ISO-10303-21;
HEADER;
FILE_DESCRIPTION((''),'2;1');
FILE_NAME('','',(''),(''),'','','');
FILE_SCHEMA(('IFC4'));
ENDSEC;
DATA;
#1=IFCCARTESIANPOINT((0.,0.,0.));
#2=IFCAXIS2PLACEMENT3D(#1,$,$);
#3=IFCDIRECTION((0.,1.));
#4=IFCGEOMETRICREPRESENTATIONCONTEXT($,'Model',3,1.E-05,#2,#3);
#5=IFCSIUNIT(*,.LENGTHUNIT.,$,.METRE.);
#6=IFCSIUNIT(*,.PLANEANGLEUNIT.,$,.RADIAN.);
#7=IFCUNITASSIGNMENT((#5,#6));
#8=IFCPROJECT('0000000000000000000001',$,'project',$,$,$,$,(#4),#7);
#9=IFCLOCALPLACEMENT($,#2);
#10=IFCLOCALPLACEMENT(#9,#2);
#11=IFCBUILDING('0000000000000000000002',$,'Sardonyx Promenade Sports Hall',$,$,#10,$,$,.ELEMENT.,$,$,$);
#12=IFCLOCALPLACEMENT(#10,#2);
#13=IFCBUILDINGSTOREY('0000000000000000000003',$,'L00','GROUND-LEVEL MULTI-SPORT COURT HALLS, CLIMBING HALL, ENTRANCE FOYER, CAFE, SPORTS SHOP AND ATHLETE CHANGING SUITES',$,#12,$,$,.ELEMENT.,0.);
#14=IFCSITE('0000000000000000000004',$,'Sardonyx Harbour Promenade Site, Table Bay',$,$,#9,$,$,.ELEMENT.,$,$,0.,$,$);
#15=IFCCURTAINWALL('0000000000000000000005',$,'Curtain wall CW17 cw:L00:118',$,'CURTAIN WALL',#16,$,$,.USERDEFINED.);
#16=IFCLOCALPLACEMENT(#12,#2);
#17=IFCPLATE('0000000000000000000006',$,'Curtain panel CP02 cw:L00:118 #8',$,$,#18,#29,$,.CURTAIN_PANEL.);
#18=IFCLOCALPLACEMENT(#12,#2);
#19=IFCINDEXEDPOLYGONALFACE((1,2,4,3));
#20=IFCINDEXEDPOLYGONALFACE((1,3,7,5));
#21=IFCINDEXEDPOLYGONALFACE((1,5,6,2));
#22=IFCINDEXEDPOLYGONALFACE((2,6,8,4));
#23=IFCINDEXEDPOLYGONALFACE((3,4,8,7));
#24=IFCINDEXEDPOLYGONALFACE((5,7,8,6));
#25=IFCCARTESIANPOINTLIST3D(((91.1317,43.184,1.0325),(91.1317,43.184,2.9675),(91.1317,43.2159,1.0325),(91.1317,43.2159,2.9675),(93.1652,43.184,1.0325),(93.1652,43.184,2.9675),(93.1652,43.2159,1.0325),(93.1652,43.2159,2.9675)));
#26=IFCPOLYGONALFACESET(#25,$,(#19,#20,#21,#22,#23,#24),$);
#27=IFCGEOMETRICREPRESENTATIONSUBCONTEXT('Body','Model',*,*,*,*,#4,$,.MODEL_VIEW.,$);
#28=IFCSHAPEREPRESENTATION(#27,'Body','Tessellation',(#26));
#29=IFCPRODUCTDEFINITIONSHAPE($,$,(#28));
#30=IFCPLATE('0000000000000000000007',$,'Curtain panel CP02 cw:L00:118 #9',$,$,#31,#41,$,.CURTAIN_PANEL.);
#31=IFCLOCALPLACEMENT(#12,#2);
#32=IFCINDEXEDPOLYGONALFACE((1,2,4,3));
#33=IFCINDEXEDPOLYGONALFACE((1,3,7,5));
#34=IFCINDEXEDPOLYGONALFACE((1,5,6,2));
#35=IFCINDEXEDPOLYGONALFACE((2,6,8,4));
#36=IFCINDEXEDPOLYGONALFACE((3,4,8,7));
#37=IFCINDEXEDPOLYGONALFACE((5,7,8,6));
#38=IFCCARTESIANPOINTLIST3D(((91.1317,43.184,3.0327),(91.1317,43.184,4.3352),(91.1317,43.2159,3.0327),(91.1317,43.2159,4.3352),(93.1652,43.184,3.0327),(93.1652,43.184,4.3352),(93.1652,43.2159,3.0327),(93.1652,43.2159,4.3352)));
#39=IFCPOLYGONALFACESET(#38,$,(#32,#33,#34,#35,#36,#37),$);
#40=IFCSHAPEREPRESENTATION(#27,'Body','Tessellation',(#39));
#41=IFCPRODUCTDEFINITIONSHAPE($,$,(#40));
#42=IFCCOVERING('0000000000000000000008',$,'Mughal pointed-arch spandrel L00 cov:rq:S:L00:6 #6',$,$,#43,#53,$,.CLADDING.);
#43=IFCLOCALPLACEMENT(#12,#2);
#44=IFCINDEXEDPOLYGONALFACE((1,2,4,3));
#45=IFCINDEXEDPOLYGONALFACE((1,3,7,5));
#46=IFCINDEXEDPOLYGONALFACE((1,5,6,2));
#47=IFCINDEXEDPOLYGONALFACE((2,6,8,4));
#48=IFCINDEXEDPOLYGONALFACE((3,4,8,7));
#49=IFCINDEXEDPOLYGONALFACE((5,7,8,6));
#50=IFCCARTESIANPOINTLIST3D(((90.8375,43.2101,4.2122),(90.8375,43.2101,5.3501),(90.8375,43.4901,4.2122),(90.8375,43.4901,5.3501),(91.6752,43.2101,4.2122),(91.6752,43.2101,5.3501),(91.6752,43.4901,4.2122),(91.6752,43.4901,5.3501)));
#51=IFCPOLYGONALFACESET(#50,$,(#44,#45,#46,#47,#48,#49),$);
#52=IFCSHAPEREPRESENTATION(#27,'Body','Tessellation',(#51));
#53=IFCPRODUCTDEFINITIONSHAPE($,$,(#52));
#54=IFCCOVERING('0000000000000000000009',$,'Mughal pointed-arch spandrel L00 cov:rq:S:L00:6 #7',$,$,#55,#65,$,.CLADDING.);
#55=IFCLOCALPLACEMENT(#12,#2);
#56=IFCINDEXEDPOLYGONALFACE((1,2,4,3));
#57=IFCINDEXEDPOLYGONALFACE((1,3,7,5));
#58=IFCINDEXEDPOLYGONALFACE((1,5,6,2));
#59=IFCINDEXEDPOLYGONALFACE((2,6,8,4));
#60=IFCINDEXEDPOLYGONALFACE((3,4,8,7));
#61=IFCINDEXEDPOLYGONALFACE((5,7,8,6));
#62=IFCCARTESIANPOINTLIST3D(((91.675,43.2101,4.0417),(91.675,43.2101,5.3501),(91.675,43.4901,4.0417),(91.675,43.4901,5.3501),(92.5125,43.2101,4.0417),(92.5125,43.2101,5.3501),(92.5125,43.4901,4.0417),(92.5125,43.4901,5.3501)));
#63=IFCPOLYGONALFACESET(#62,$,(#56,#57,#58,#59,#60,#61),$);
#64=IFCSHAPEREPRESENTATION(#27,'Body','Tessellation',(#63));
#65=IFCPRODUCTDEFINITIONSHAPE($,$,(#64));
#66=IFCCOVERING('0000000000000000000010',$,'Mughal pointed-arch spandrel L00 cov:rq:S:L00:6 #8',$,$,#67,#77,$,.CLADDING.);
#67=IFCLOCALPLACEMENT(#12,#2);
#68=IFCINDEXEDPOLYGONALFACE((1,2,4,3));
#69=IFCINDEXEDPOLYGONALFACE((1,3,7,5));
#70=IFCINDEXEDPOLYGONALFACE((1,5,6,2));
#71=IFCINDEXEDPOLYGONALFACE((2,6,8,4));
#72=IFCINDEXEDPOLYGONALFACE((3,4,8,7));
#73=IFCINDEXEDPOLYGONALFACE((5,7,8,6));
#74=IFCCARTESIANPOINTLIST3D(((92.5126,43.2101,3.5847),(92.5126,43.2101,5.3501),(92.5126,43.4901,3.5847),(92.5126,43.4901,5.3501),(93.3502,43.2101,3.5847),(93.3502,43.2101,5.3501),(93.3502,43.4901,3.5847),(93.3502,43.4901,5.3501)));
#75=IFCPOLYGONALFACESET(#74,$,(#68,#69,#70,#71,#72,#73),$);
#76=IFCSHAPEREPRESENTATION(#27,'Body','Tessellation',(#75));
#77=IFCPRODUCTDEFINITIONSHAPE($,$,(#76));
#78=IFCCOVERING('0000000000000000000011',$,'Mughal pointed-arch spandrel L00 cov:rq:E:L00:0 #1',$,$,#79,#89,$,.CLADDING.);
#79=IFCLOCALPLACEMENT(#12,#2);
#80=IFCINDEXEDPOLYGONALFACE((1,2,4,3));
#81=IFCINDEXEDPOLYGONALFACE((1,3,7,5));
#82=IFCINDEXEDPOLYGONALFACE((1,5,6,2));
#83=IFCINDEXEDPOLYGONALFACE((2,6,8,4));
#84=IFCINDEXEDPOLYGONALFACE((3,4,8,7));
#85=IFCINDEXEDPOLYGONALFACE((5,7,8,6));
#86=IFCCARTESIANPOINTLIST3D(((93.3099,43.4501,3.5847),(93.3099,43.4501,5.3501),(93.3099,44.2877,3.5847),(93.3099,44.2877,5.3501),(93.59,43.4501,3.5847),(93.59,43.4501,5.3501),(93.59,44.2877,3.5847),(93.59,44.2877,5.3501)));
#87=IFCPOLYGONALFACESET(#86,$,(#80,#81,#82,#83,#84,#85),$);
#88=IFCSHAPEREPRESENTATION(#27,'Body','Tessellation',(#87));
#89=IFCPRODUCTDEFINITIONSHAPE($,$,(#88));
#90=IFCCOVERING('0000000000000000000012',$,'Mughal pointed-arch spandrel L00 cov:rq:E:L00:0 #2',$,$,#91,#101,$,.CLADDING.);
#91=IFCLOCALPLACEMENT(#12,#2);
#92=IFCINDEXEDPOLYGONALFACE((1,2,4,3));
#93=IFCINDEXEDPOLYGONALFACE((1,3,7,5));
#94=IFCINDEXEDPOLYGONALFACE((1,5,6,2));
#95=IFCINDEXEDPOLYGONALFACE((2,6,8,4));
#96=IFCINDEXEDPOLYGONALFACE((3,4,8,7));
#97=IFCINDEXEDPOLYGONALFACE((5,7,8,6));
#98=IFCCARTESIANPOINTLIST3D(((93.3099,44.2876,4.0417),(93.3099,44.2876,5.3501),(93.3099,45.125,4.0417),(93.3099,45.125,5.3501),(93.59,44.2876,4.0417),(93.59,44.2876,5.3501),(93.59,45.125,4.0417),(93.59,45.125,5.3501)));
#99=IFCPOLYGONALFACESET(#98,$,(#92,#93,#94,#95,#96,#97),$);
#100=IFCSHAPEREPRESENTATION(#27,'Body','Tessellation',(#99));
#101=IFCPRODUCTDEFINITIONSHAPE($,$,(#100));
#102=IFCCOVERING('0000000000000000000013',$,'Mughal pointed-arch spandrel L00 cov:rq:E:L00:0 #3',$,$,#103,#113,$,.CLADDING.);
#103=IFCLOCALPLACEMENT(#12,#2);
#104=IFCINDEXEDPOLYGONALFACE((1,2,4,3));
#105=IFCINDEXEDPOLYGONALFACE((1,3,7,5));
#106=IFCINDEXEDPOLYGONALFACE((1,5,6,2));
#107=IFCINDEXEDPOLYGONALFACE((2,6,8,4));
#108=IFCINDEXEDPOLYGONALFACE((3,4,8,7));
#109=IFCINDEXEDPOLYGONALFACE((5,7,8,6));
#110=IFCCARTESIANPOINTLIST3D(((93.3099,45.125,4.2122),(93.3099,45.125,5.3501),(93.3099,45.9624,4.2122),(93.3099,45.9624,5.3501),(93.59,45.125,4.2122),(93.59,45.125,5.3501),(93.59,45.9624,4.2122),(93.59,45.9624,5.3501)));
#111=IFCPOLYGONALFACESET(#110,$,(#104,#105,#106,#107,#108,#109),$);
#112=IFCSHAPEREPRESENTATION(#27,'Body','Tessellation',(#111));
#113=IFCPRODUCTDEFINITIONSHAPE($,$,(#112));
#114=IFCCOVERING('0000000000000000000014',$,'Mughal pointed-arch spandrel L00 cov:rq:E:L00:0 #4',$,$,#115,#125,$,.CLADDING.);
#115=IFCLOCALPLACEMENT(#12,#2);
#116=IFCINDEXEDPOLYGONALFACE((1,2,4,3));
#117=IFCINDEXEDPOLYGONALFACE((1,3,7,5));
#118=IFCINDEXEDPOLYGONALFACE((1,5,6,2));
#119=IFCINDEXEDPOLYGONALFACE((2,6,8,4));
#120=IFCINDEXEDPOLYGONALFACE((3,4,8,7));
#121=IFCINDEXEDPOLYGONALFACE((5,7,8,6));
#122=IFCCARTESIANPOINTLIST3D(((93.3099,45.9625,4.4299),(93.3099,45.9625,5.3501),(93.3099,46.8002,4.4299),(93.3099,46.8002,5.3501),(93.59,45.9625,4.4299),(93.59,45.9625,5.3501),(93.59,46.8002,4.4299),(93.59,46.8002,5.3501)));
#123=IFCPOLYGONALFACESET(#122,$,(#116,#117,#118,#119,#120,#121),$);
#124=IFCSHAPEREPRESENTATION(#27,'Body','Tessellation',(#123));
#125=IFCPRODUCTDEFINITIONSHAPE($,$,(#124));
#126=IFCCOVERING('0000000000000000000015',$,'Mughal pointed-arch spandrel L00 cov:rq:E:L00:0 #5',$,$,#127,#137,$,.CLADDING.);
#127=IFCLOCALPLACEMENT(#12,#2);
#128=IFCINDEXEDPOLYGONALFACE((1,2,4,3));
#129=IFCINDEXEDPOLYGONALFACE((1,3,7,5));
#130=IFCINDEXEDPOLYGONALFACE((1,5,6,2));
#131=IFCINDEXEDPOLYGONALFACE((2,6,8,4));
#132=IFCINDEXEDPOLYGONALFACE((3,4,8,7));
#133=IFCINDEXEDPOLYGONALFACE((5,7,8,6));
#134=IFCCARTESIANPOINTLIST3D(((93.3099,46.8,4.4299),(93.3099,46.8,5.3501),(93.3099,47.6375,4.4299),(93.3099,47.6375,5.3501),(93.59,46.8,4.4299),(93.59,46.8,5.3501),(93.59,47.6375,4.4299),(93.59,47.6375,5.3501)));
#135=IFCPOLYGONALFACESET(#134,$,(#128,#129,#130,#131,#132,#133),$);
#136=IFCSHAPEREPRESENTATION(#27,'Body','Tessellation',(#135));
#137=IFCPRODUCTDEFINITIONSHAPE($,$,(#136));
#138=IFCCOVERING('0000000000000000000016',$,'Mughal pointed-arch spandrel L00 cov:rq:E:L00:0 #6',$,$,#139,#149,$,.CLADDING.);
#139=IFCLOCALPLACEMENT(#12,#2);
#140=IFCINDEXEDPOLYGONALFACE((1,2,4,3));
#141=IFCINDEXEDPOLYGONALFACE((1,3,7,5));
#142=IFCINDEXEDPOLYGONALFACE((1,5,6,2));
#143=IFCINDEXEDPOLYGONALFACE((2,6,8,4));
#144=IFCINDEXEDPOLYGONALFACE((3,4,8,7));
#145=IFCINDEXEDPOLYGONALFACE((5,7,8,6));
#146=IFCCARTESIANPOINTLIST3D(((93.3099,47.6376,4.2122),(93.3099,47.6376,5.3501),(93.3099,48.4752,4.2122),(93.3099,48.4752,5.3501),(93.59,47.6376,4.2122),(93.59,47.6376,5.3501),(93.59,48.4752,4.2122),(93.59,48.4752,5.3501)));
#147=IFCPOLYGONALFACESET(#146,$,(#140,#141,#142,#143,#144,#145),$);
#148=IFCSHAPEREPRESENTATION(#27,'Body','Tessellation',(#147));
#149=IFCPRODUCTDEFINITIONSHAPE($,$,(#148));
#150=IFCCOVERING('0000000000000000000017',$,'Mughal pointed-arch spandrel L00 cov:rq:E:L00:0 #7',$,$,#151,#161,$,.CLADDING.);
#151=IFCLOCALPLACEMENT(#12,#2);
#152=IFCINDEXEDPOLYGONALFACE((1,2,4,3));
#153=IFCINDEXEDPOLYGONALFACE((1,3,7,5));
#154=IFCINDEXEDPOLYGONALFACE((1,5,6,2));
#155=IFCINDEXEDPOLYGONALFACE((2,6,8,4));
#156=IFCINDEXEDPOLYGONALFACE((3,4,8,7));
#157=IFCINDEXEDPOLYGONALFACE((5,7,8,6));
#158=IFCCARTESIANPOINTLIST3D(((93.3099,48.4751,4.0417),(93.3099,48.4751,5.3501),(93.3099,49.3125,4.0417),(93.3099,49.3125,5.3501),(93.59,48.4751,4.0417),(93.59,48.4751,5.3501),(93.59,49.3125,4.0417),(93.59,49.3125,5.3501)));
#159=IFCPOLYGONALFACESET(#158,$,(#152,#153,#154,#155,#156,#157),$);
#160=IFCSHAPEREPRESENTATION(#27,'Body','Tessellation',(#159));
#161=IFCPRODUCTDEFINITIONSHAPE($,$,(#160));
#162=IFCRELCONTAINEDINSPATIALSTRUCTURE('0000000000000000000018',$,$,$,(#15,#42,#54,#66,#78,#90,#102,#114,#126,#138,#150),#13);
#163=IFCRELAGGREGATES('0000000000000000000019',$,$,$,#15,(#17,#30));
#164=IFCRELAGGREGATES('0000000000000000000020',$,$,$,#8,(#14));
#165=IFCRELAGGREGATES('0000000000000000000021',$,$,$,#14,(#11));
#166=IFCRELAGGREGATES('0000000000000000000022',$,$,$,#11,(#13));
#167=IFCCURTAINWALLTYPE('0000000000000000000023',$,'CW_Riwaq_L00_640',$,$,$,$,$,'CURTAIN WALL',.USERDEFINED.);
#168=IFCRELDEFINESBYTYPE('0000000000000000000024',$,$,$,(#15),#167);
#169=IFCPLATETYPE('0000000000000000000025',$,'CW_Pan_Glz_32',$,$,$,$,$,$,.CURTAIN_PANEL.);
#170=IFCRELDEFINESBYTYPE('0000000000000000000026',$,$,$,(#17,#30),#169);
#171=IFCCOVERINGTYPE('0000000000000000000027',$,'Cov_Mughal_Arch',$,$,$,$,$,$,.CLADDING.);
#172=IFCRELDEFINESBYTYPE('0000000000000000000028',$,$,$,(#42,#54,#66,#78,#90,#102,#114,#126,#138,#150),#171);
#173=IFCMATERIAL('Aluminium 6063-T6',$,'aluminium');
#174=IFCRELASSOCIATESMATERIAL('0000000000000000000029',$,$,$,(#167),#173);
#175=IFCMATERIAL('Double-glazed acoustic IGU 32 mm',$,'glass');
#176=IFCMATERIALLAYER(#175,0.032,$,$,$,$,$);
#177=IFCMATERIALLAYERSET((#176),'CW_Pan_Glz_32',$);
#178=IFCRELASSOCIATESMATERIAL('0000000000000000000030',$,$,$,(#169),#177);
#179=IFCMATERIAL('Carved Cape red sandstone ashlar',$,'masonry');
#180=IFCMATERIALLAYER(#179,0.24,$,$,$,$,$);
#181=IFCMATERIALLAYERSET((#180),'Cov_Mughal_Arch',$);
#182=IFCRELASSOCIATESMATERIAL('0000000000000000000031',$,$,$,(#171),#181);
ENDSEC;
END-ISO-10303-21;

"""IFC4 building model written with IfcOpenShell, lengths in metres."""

from ifc_helpers import new_model, si_unit, direction, frame, frame_2d, origin, origin_2d, place, context, subcontext, project, spatial, rectangle, extrude, material, layer, layer_set, type_object, element, aggregate, save


model = new_model("IFC4")

# Units and contexts
model_context = context("Model", 3, precision=1e-05, world=origin(), true_north=direction((0.0, 1.0)))
body_context = subcontext(model_context, "Body", "Model", "MODEL_VIEW")
ifc_project = project(units=[si_unit("LENGTHUNIT", "METRE"), si_unit("PLANEANGLEUNIT", "RADIAN")], contexts=[model_context])

# Site, building, storey
site_placement = place(None, origin())
site = spatial("IfcSite", under=ifc_project, at=site_placement, Name="Sardonyx Harbour Promenade Site, Table Bay", CompositionType="ELEMENT", RefElevation=0.0)
building_placement = place(site_placement, origin())
building = spatial("IfcBuilding", under=site, at=building_placement, Name="Sardonyx Promenade Sports Hall", CompositionType="ELEMENT")
storey_placement = place(building_placement, origin())
storey = spatial("IfcBuildingStorey", under=building, at=storey_placement, Name="L00", Description="GROUND-LEVEL MULTI-SPORT COURT HALLS, CLIMBING HALL, ENTRANCE FOYER, CAFE, SPORTS SHOP AND ATHLETE CHANGING SUITES", CompositionType="ELEMENT", Elevation=0.0)

# Curtain wall
ifc_material_1 = material(Name="Aluminium 6063-T6", Category="aluminium")
curtain_wall_type = type_object("IfcCurtainWallType", Name="CW_Riwaq_L00_640", ElementType="CURTAIN WALL", PredefinedType="USERDEFINED", material=ifc_material_1)
curtain_wall_1_placement = place(storey_placement, origin())
curtain_wall_1 = element("IfcCurtainWall", 1, at=curtain_wall_1_placement, inside=storey, type_object=curtain_wall_type, Name="Curtain wall CW17 cw:L00:118", ObjectType="CURTAIN WALL", PredefinedType="USERDEFINED")

# Plates
ifc_material_2 = material(Name="Double-glazed acoustic IGU 32 mm", Category="glass")
ifc_layer_1 = layer(ifc_material_2, 0.032)
ifc_layer_set_1 = layer_set([ifc_layer_1], Name="CW_Pan_Glz_32")
plate_type = type_object("IfcPlateType", Name="CW_Pan_Glz_32", PredefinedType="CURTAIN_PANEL", material=ifc_layer_set_1)
plate_1_placement = place(storey_placement, frame((92.1484, 43.2, 1.0325), z_axis=(0.0, 0.0, 1.0), x_axis=(1.0, 0.0, 0.0)))
plate_1 = element("IfcPlate", 2, at=plate_1_placement, type_object=plate_type, Name="Curtain panel CP02 cw:L00:118 #8", PredefinedType="CURTAIN_PANEL", context=body_context, shape_type="SweptSolid", body=[
    extrude(rectangle(XDim=2.0334, YDim=0.032, at=origin_2d()), origin(), (0.0, 0.0, 1.0), 1.9351),
])
plate_2_placement = place(storey_placement, frame((92.1484, 43.2, 3.0327), z_axis=(0.0, 0.0, 1.0), x_axis=(1.0, 0.0, 0.0)))
plate_2 = element("IfcPlate", 3, at=plate_2_placement, type_object=plate_type, Name="Curtain panel CP02 cw:L00:118 #9", PredefinedType="CURTAIN_PANEL", context=body_context, shape_type="SweptSolid", body=[
    extrude(rectangle(XDim=2.0334, YDim=0.032, at=origin_2d()), origin(), (0.0, 0.0, 1.0), 1.3025),
])
aggregate(curtain_wall_1, [plate_1, plate_2])

# Coverings
ifc_material_3 = material(Name="Carved Cape red sandstone ashlar", Category="masonry")
ifc_layer_2 = layer(ifc_material_3, 0.24)
ifc_layer_set_2 = layer_set([ifc_layer_2], Name="Cov_Mughal_Arch")
covering_type = type_object("IfcCoveringType", Name="Cov_Mughal_Arch", PredefinedType="CLADDING", material=ifc_layer_set_2)
covering_1_placement = place(storey_placement, frame((90.8374, 43.3501, 4.2122), z_axis=(0.0, 0.0, 1.0), x_axis=(1.0, 0.0, 0.0)))
element("IfcCovering", 4, at=covering_1_placement, inside=storey, type_object=covering_type, Name="Mughal pointed-arch spandrel L00 cov:rq:S:L00:6 #6", PredefinedType="CLADDING", context=body_context, shape_type="SweptSolid", body=[
    extrude(rectangle(XDim=0.8376, YDim=0.28, at=frame_2d((0.4189, 0.0))), origin(), (0.0, 0.0, 1.0), 1.1379),
])
covering_2_placement = place(storey_placement, frame((91.675, 43.3501, 4.0417), z_axis=(0.0, 0.0, 1.0), x_axis=(1.0, 0.0, 0.0)))
element("IfcCovering", 5, at=covering_2_placement, inside=storey, type_object=covering_type, Name="Mughal pointed-arch spandrel L00 cov:rq:S:L00:6 #7", PredefinedType="CLADDING", context=body_context, shape_type="SweptSolid", body=[
    extrude(rectangle(XDim=0.8374, YDim=0.28, at=frame_2d((0.4187, 0.0))), origin(), (0.0, 0.0, 1.0), 1.3083),
])
for number, where, z_axis, x_axis, name in (
    (6, (92.5125, 43.3501, 3.5847), (0.0, 0.0, 1.0), (1.0, 0.0, 0.0), "Mughal pointed-arch spandrel L00 cov:rq:S:L00:6 #8"),
    (7, (93.45, 43.45, 3.5847), (0.0, 0.0, 1.0), (0.0, 1.0, 0.0), "Mughal pointed-arch spandrel L00 cov:rq:E:L00:0 #1"),
):
    element("IfcCovering", number, at=place(storey_placement, frame(where, z_axis=z_axis, x_axis=x_axis)), inside=storey, type_object=covering_type, Name=name, PredefinedType="CLADDING", context=body_context, shape_type="SweptSolid", body=[
        extrude(rectangle(XDim=0.8376, YDim=0.28, at=frame_2d((0.4189, 0.0))), origin(), (0.0, 0.0, 1.0), 1.7654),
    ])
covering_3_placement = place(storey_placement, frame((93.45, 44.2876, 4.0417), z_axis=(0.0, 0.0, 1.0), x_axis=(0.0, 1.0, 0.0)))
element("IfcCovering", 8, at=covering_3_placement, inside=storey, type_object=covering_type, Name="Mughal pointed-arch spandrel L00 cov:rq:E:L00:0 #2", PredefinedType="CLADDING", context=body_context, shape_type="SweptSolid", body=[
    extrude(rectangle(XDim=0.8374, YDim=0.28, at=frame_2d((0.4187, 0.0))), origin(), (0.0, 0.0, 1.0), 1.3083),
])
covering_4_placement = place(storey_placement, frame((93.45, 45.125, 4.2122), z_axis=(0.0, 0.0, 1.0), x_axis=(0.0, 1.0, 0.0)))
element("IfcCovering", 9, at=covering_4_placement, inside=storey, type_object=covering_type, Name="Mughal pointed-arch spandrel L00 cov:rq:E:L00:0 #3", PredefinedType="CLADDING", context=body_context, shape_type="SweptSolid", body=[
    extrude(rectangle(XDim=0.8374, YDim=0.28, at=frame_2d((0.4187, 0.0))), origin(), (0.0, 0.0, 1.0), 1.1379),
])
covering_5_placement = place(storey_placement, frame((93.45, 45.9624, 4.4299), z_axis=(0.0, 0.0, 1.0), x_axis=(0.0, 1.0, 0.0)))
element("IfcCovering", 10, at=covering_5_placement, inside=storey, type_object=covering_type, Name="Mughal pointed-arch spandrel L00 cov:rq:E:L00:0 #4", PredefinedType="CLADDING", context=body_context, shape_type="SweptSolid", body=[
    extrude(rectangle(XDim=0.8376, YDim=0.28, at=frame_2d((0.4189, 0.0))), origin(), (0.0, 0.0, 1.0), 0.9202),
])
covering_6_placement = place(storey_placement, frame((93.45, 46.8, 4.4299), z_axis=(0.0, 0.0, 1.0), x_axis=(0.0, 1.0, 0.0)))
element("IfcCovering", 11, at=covering_6_placement, inside=storey, type_object=covering_type, Name="Mughal pointed-arch spandrel L00 cov:rq:E:L00:0 #5", PredefinedType="CLADDING", context=body_context, shape_type="SweptSolid", body=[
    extrude(rectangle(XDim=0.8374, YDim=0.28, at=frame_2d((0.4187, 0.0))), origin(), (0.0, 0.0, 1.0), 0.9202),
])
covering_7_placement = place(storey_placement, frame((93.45, 47.6375, 4.2122), z_axis=(0.0, 0.0, 1.0), x_axis=(0.0, 1.0, 0.0)))
element("IfcCovering", 12, at=covering_7_placement, inside=storey, type_object=covering_type, Name="Mughal pointed-arch spandrel L00 cov:rq:E:L00:0 #6", PredefinedType="CLADDING", context=body_context, shape_type="SweptSolid", body=[
    extrude(rectangle(XDim=0.8376, YDim=0.28, at=frame_2d((0.4189, 0.0))), origin(), (0.0, 0.0, 1.0), 1.1379),
])
covering_8_placement = place(storey_placement, frame((93.45, 48.4751, 4.0417), z_axis=(0.0, 0.0, 1.0), x_axis=(0.0, 1.0, 0.0)))
element("IfcCovering", 13, at=covering_8_placement, inside=storey, type_object=covering_type, Name="Mughal pointed-arch spandrel L00 cov:rq:E:L00:0 #7", PredefinedType="CLADDING", context=body_context, shape_type="SweptSolid", body=[
    extrude(rectangle(XDim=0.8374, YDim=0.28, at=frame_2d((0.4187, 0.0))), origin(), (0.0, 0.0, 1.0), 1.3083),
])

save(model, "model.ifc")
